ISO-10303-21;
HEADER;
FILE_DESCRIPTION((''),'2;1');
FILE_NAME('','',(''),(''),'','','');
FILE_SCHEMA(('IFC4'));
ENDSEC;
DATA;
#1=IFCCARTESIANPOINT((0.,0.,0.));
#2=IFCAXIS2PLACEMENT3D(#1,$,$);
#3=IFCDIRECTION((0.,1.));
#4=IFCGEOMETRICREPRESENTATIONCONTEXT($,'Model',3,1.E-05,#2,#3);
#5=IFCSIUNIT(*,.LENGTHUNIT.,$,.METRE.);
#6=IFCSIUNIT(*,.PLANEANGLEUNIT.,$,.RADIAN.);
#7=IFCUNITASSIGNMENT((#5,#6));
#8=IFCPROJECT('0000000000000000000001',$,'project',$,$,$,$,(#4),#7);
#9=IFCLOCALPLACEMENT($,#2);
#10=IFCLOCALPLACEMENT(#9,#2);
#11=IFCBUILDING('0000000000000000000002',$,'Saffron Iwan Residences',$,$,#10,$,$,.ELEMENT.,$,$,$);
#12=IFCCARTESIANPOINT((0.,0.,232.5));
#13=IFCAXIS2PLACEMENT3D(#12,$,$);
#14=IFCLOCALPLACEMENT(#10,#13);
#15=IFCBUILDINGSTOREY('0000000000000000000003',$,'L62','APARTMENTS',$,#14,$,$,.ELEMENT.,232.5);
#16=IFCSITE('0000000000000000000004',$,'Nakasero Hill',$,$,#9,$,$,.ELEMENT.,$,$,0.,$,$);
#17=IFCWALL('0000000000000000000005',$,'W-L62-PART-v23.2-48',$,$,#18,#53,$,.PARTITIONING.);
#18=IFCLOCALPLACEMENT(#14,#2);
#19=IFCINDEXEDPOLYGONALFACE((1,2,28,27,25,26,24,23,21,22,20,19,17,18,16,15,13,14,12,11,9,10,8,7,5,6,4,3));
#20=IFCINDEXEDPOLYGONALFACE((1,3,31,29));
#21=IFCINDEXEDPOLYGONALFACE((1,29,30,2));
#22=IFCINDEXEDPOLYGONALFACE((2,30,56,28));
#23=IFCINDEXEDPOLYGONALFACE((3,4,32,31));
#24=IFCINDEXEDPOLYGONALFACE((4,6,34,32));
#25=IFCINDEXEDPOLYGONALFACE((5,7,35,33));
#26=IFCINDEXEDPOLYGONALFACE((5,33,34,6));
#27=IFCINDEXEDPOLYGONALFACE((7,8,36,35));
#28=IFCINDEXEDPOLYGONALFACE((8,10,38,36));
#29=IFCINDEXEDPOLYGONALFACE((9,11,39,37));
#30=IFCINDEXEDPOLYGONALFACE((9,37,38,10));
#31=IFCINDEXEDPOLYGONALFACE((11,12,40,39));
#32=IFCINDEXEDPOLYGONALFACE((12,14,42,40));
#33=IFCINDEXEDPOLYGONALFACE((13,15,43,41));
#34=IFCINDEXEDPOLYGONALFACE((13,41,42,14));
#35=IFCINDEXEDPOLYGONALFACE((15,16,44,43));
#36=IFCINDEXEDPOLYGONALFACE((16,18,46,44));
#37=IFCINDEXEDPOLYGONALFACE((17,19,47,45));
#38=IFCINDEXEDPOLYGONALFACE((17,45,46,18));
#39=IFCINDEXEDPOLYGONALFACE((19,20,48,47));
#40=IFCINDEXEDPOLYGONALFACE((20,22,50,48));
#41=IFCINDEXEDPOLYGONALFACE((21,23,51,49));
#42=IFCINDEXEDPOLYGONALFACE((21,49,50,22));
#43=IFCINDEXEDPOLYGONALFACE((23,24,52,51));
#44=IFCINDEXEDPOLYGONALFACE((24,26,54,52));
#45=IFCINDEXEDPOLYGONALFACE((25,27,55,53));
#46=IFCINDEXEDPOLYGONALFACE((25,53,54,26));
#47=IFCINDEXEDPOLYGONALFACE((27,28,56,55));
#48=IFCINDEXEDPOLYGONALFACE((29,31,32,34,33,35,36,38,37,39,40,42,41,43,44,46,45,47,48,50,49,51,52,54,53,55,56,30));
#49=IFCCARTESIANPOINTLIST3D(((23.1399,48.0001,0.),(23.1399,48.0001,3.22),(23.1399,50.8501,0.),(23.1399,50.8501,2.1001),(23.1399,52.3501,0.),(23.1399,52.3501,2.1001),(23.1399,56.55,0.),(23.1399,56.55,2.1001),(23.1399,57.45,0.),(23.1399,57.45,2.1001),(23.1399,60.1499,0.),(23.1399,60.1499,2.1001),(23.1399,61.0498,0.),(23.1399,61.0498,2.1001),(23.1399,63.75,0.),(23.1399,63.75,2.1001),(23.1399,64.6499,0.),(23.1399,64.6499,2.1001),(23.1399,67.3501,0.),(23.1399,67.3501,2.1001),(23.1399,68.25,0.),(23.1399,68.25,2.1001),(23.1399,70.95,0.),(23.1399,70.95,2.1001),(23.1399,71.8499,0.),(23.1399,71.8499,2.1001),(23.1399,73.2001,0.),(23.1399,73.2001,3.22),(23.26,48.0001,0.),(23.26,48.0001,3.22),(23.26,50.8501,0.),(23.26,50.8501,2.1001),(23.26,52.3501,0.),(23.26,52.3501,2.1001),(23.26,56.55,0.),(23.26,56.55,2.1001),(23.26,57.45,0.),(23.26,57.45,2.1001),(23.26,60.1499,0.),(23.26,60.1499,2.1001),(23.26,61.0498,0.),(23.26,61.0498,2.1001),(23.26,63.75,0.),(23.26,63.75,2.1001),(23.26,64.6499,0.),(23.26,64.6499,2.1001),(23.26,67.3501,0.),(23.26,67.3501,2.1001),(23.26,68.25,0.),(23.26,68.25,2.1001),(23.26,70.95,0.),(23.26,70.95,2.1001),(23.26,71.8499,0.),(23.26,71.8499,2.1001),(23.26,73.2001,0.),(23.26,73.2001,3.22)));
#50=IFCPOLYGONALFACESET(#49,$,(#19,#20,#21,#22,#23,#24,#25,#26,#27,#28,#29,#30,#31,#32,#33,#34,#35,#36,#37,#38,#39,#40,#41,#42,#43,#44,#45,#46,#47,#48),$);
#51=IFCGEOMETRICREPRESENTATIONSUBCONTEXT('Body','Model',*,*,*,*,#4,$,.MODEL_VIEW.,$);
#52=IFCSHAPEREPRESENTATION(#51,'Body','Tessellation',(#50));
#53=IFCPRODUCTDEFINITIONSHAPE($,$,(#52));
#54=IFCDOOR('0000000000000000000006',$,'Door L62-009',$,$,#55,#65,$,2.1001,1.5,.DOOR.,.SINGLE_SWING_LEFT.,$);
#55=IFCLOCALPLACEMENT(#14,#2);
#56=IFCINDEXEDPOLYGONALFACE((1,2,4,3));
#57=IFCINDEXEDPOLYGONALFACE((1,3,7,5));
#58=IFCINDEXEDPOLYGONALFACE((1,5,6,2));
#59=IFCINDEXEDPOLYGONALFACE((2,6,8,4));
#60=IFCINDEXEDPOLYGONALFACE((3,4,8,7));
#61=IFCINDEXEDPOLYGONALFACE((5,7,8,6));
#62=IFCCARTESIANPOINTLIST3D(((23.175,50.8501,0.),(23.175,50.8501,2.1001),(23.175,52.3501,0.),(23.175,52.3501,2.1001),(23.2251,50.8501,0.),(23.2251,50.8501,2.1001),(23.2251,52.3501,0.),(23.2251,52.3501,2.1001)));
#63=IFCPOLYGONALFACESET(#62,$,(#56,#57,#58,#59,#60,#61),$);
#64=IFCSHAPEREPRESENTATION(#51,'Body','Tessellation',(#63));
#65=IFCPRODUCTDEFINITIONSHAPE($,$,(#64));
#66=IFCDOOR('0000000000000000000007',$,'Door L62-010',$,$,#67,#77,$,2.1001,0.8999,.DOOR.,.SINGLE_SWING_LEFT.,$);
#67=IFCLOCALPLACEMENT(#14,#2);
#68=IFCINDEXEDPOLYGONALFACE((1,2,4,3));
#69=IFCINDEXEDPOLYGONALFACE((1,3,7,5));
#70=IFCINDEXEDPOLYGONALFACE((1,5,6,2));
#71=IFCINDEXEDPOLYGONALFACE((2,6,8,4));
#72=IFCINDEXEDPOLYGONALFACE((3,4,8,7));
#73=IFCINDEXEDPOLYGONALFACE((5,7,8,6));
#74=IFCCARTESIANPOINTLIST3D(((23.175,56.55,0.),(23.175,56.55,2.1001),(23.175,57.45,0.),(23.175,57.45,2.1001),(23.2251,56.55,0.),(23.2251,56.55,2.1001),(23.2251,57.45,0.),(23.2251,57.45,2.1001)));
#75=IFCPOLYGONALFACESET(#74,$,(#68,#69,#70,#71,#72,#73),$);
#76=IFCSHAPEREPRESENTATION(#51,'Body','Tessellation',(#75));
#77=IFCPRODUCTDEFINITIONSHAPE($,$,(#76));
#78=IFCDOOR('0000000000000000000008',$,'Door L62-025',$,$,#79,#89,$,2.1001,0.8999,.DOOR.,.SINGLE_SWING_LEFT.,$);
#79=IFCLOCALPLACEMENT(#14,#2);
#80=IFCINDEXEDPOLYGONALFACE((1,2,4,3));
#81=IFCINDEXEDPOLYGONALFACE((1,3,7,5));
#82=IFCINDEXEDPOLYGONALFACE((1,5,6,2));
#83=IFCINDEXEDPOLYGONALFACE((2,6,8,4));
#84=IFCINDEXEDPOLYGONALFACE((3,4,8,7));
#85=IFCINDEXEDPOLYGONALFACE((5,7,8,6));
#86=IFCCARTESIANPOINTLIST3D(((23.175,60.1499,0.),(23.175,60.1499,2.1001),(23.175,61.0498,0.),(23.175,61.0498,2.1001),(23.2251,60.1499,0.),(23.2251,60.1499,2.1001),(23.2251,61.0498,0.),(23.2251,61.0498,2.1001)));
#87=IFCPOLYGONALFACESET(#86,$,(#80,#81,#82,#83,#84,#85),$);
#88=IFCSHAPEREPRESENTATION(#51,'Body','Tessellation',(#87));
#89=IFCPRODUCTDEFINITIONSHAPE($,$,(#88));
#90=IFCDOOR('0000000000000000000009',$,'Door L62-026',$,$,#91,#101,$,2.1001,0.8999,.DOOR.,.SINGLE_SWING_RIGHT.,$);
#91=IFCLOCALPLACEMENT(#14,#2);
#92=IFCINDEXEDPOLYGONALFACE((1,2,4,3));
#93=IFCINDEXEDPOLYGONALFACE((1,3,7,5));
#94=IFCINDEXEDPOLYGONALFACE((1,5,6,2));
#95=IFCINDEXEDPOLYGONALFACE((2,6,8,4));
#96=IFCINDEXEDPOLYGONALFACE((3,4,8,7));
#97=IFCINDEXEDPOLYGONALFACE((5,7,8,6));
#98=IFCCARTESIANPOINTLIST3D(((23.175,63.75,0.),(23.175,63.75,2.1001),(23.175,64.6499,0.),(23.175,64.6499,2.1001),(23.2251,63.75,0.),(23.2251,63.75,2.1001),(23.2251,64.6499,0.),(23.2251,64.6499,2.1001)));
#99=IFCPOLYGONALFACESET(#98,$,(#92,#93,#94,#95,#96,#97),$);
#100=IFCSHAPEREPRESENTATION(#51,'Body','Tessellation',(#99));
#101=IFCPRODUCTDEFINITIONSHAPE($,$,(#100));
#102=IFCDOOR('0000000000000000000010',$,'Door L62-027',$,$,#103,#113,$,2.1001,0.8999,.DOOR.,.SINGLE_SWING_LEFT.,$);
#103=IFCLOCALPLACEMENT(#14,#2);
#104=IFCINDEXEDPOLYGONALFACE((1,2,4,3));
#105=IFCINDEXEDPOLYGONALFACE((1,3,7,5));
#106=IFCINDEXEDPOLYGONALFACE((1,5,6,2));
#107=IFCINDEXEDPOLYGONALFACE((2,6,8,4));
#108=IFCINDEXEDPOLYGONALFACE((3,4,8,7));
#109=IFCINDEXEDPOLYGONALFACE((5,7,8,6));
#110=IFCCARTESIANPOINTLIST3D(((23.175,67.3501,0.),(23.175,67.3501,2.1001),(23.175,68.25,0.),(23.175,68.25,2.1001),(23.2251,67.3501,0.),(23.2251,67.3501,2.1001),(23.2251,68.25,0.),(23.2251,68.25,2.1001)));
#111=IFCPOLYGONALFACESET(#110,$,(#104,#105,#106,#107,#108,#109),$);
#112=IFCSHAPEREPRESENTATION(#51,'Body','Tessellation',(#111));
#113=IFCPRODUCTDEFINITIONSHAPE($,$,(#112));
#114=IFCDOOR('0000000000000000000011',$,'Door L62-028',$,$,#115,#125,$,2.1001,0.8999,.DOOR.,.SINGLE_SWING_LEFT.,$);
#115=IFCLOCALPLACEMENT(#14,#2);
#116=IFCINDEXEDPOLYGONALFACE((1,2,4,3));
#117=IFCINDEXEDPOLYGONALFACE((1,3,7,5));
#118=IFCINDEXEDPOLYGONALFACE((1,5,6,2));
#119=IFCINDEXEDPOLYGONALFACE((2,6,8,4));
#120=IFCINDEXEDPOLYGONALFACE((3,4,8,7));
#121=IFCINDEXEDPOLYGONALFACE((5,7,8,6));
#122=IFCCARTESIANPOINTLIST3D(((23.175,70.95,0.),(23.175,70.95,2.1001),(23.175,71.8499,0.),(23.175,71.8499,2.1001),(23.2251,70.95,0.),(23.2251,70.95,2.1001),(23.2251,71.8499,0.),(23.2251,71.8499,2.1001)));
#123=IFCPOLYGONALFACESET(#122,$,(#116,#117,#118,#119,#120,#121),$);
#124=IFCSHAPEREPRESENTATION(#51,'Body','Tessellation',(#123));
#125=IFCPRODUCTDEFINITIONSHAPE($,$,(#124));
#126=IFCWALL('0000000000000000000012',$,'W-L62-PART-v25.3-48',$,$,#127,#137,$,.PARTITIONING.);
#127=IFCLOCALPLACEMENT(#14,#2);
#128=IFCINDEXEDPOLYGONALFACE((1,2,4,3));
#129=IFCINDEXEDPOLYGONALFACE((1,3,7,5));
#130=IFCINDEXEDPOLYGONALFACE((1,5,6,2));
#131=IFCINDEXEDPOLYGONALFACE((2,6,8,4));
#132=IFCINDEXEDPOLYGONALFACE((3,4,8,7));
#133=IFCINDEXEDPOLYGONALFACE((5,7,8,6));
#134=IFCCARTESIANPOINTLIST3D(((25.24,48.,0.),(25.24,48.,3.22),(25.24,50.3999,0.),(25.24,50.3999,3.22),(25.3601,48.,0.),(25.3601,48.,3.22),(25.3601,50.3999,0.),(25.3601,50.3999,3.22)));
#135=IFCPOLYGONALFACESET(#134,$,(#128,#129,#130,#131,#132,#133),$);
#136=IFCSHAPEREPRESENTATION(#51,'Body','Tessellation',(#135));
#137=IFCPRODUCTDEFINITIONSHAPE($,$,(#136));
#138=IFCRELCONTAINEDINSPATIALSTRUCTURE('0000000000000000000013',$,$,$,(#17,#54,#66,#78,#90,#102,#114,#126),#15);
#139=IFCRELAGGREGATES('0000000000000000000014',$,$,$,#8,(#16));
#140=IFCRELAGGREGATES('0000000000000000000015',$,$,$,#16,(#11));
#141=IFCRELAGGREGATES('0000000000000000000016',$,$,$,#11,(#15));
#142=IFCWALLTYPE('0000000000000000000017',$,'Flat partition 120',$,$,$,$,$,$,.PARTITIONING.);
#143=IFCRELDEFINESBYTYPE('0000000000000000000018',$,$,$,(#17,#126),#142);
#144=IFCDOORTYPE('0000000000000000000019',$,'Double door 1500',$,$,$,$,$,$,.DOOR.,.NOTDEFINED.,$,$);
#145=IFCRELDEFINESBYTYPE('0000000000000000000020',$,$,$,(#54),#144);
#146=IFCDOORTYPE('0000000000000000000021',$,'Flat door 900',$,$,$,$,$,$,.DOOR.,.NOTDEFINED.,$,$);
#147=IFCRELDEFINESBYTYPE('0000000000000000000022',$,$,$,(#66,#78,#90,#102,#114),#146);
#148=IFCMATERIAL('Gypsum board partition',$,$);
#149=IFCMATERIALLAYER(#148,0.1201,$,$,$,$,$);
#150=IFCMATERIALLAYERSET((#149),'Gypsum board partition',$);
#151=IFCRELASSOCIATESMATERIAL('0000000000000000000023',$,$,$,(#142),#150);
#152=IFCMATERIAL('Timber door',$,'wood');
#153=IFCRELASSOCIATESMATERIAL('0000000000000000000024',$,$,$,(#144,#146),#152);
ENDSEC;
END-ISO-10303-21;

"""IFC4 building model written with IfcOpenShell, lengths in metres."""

from ifc_helpers import new_model, si_unit, direction, frame, frame_2d, origin, place, context, subcontext, project, spatial, rectangle, extrude, material, layer, layer_set, type_object, element, fill, save


model = new_model("IFC4")

# Units and contexts
model_context = context("Model", 3, precision=1e-05, world=origin(), true_north=direction((0.0, 1.0)))
body_context = subcontext(model_context, "Body", "Model", "MODEL_VIEW")
ifc_project = project(units=[si_unit("LENGTHUNIT", "METRE"), si_unit("PLANEANGLEUNIT", "RADIAN")], contexts=[model_context])

# Site, building, storey
site_placement = place(None, origin())
site = spatial("IfcSite", under=ifc_project, at=site_placement, Name="Nakasero Hill", CompositionType="ELEMENT", RefElevation=0.0)
building_placement = place(site_placement, origin())
building = spatial("IfcBuilding", under=site, at=building_placement, Name="Saffron Iwan Residences", CompositionType="ELEMENT")
storey_placement = place(building_placement, frame((0.0, 0.0, 232.5)))
storey = spatial("IfcBuildingStorey", under=building, at=storey_placement, Name="L62", Description="APARTMENTS", CompositionType="ELEMENT", Elevation=232.5)

# Shared definitions
ifc_material_1 = material(Name="Gypsum board partition")
ifc_layer_1 = layer(ifc_material_1, 0.1201)
ifc_layer_set_1 = layer_set([ifc_layer_1], Name="Gypsum board partition")
wall_type_1 = type_object("IfcWallType", Name="Flat partition 120", PredefinedType="PARTITIONING", material=ifc_layer_set_1)
ifc_material_2 = material(Name="Timber door", Category="wood")

# Wall, openings, doors
wall_1_placement = place(storey_placement, frame((23.2, 48.0, 0.0), z_axis=(0.0, 0.0, 1.0), x_axis=(0.0, 1.0, 0.0)))
wall_1 = element("IfcWall", 1, at=wall_1_placement, inside=storey, type_object=wall_type_1, Name="W-L62-PART-v23.2-48", PredefinedType="PARTITIONING", context=body_context, shape_type="SweptSolid", body=[
    extrude(rectangle(XDim=25.2, YDim=0.1201, at=frame_2d((12.6001, 0.0))), origin(), (0.0, 0.0, 1.0), 3.22),
])
opening_1_placement = place(wall_1_placement, frame((2.8501, 0.0, 0.0)))
opening_1 = element("IfcOpeningElement", 2, at=opening_1_placement, cuts=wall_1, PredefinedType="OPENING", context=body_context, shape_type="SweptSolid", body=[
    extrude(rectangle(XDim=1.5, YDim=2.1001, at=frame_2d((0.75, 1.05))), frame((0.0, 0.0701, 0.0), z_axis=(0.0, -1.0, 0.0), x_axis=(1.0, 0.0, 0.0)), (0.0, 0.0, 1.0), 0.1401),
])
opening_2_placement = place(wall_1_placement, frame((8.55, 0.0, 0.0)))
opening_2 = element("IfcOpeningElement", 3, at=opening_2_placement, cuts=wall_1, PredefinedType="OPENING", context=body_context, shape_type="SweptSolid", body=[
    extrude(rectangle(XDim=0.8999, YDim=2.1001, at=frame_2d((0.45, 1.05))), frame((0.0, 0.0701, 0.0), z_axis=(0.0, -1.0, 0.0), x_axis=(1.0, 0.0, 0.0)), (0.0, 0.0, 1.0), 0.1401),
])
opening_3_placement = place(wall_1_placement, frame((12.1499, 0.0, 0.0)))
opening_3 = element("IfcOpeningElement", 4, at=opening_3_placement, cuts=wall_1, PredefinedType="OPENING", context=body_context, shape_type="SweptSolid", body=[
    extrude(rectangle(XDim=0.8999, YDim=2.1001, at=frame_2d((0.45, 1.05))), frame((0.0, 0.0701, 0.0), z_axis=(0.0, -1.0, 0.0), x_axis=(1.0, 0.0, 0.0)), (0.0, 0.0, 1.0), 0.1401),
])
opening_4_placement = place(wall_1_placement, frame((15.75, 0.0, 0.0)))
opening_4 = element("IfcOpeningElement", 5, at=opening_4_placement, cuts=wall_1, PredefinedType="OPENING", context=body_context, shape_type="SweptSolid", body=[
    extrude(rectangle(XDim=0.8999, YDim=2.1001, at=frame_2d((0.45, 1.05))), frame((0.0, 0.0701, 0.0), z_axis=(0.0, -1.0, 0.0), x_axis=(1.0, 0.0, 0.0)), (0.0, 0.0, 1.0), 0.1401),
])
opening_5_placement = place(wall_1_placement, frame((19.3501, 0.0, 0.0)))
opening_5 = element("IfcOpeningElement", 6, at=opening_5_placement, cuts=wall_1, PredefinedType="OPENING", context=body_context, shape_type="SweptSolid", body=[
    extrude(rectangle(XDim=0.8999, YDim=2.1001, at=frame_2d((0.45, 1.05))), frame((0.0, 0.0701, 0.0), z_axis=(0.0, -1.0, 0.0), x_axis=(1.0, 0.0, 0.0)), (0.0, 0.0, 1.0), 0.1401),
])
opening_6_placement = place(wall_1_placement, frame((22.95, 0.0, 0.0)))
opening_6 = element("IfcOpeningElement", 7, at=opening_6_placement, cuts=wall_1, PredefinedType="OPENING", context=body_context, shape_type="SweptSolid", body=[
    extrude(rectangle(XDim=0.8999, YDim=2.1001, at=frame_2d((0.45, 1.05))), frame((0.0, 0.0701, 0.0), z_axis=(0.0, -1.0, 0.0), x_axis=(1.0, 0.0, 0.0)), (0.0, 0.0, 1.0), 0.1401),
])
door_type_1 = type_object("IfcDoorType", Name="Double door 1500", OperationType="NOTDEFINED", PredefinedType="DOOR", material=ifc_material_2)
door_1_placement = place(opening_1_placement, origin())
door_1 = element("IfcDoor", 8, at=door_1_placement, inside=storey, type_object=door_type_1, Name="Door L62-009", OperationType="SINGLE_SWING_LEFT", OverallHeight=2.1001, OverallWidth=1.5, PredefinedType="DOOR", context=body_context, shape_type="SweptSolid", body=[
    extrude(rectangle(XDim=1.5, YDim=2.1001, at=frame_2d((0.75, 1.05))), frame((0.0, 0.0249, 0.0), z_axis=(0.0, -1.0, 0.0), x_axis=(1.0, 0.0, 0.0)), (0.0, 0.0, 1.0), 0.05),
])
fill(opening_1, door_1)
door_type_2 = type_object("IfcDoorType", Name="Flat door 900", OperationType="NOTDEFINED", PredefinedType="DOOR", material=ifc_material_2)
door_2_placement = place(opening_2_placement, origin())
door_2 = element("IfcDoor", 9, at=door_2_placement, inside=storey, type_object=door_type_2, Name="Door L62-010", OperationType="SINGLE_SWING_LEFT", OverallHeight=2.1001, OverallWidth=0.8999, PredefinedType="DOOR", context=body_context, shape_type="SweptSolid", body=[
    extrude(rectangle(XDim=0.8999, YDim=2.1001, at=frame_2d((0.45, 1.05))), frame((0.0, 0.0249, 0.0), z_axis=(0.0, -1.0, 0.0), x_axis=(1.0, 0.0, 0.0)), (0.0, 0.0, 1.0), 0.05),
])
fill(opening_2, door_2)
door_3_placement = place(opening_3_placement, origin())
door_3 = element("IfcDoor", 10, at=door_3_placement, inside=storey, type_object=door_type_2, Name="Door L62-025", OperationType="SINGLE_SWING_LEFT", OverallHeight=2.1001, OverallWidth=0.8999, PredefinedType="DOOR", context=body_context, shape_type="SweptSolid", body=[
    extrude(rectangle(XDim=0.8999, YDim=2.1001, at=frame_2d((0.45, 1.05))), frame((0.0, 0.0249, 0.0), z_axis=(0.0, -1.0, 0.0), x_axis=(1.0, 0.0, 0.0)), (0.0, 0.0, 1.0), 0.05),
])
fill(opening_3, door_3)
door_4_placement = place(opening_4_placement, origin())
door_4 = element("IfcDoor", 11, at=door_4_placement, inside=storey, type_object=door_type_2, Name="Door L62-026", OperationType="SINGLE_SWING_RIGHT", OverallHeight=2.1001, OverallWidth=0.8999, PredefinedType="DOOR", context=body_context, shape_type="SweptSolid", body=[
    extrude(rectangle(XDim=0.8999, YDim=2.1001, at=frame_2d((0.45, 1.05))), frame((0.0, 0.0249, 0.0), z_axis=(0.0, -1.0, 0.0), x_axis=(1.0, 0.0, 0.0)), (0.0, 0.0, 1.0), 0.05),
])
fill(opening_4, door_4)
door_5_placement = place(opening_5_placement, origin())
door_5 = element("IfcDoor", 12, at=door_5_placement, inside=storey, type_object=door_type_2, Name="Door L62-027", OperationType="SINGLE_SWING_LEFT", OverallHeight=2.1001, OverallWidth=0.8999, PredefinedType="DOOR", context=body_context, shape_type="SweptSolid", body=[
    extrude(rectangle(XDim=0.8999, YDim=2.1001, at=frame_2d((0.45, 1.05))), frame((0.0, 0.0249, 0.0), z_axis=(0.0, -1.0, 0.0), x_axis=(1.0, 0.0, 0.0)), (0.0, 0.0, 1.0), 0.05),
])
fill(opening_5, door_5)
door_6_placement = place(opening_6_placement, origin())
door_6 = element("IfcDoor", 13, at=door_6_placement, inside=storey, type_object=door_type_2, Name="Door L62-028", OperationType="SINGLE_SWING_LEFT", OverallHeight=2.1001, OverallWidth=0.8999, PredefinedType="DOOR", context=body_context, shape_type="SweptSolid", body=[
    extrude(rectangle(XDim=0.8999, YDim=2.1001, at=frame_2d((0.45, 1.05))), frame((0.0, 0.0249, 0.0), z_axis=(0.0, -1.0, 0.0), x_axis=(1.0, 0.0, 0.0)), (0.0, 0.0, 1.0), 0.05),
])
fill(opening_6, door_6)

# Wall
wall_2_placement = place(storey_placement, frame((25.3, 48.0, 0.0), z_axis=(0.0, 0.0, 1.0), x_axis=(0.0, 1.0, 0.0)))
element("IfcWall", 14, at=wall_2_placement, inside=storey, type_object=wall_type_1, Name="W-L62-PART-v25.3-48", PredefinedType="PARTITIONING", context=body_context, shape_type="SweptSolid", body=[
    extrude(rectangle(XDim=2.3999, YDim=0.1201, at=frame_2d((1.2, 0.0))), origin(), (0.0, 0.0, 1.0), 3.22),
])

save(model, "model.ifc")
